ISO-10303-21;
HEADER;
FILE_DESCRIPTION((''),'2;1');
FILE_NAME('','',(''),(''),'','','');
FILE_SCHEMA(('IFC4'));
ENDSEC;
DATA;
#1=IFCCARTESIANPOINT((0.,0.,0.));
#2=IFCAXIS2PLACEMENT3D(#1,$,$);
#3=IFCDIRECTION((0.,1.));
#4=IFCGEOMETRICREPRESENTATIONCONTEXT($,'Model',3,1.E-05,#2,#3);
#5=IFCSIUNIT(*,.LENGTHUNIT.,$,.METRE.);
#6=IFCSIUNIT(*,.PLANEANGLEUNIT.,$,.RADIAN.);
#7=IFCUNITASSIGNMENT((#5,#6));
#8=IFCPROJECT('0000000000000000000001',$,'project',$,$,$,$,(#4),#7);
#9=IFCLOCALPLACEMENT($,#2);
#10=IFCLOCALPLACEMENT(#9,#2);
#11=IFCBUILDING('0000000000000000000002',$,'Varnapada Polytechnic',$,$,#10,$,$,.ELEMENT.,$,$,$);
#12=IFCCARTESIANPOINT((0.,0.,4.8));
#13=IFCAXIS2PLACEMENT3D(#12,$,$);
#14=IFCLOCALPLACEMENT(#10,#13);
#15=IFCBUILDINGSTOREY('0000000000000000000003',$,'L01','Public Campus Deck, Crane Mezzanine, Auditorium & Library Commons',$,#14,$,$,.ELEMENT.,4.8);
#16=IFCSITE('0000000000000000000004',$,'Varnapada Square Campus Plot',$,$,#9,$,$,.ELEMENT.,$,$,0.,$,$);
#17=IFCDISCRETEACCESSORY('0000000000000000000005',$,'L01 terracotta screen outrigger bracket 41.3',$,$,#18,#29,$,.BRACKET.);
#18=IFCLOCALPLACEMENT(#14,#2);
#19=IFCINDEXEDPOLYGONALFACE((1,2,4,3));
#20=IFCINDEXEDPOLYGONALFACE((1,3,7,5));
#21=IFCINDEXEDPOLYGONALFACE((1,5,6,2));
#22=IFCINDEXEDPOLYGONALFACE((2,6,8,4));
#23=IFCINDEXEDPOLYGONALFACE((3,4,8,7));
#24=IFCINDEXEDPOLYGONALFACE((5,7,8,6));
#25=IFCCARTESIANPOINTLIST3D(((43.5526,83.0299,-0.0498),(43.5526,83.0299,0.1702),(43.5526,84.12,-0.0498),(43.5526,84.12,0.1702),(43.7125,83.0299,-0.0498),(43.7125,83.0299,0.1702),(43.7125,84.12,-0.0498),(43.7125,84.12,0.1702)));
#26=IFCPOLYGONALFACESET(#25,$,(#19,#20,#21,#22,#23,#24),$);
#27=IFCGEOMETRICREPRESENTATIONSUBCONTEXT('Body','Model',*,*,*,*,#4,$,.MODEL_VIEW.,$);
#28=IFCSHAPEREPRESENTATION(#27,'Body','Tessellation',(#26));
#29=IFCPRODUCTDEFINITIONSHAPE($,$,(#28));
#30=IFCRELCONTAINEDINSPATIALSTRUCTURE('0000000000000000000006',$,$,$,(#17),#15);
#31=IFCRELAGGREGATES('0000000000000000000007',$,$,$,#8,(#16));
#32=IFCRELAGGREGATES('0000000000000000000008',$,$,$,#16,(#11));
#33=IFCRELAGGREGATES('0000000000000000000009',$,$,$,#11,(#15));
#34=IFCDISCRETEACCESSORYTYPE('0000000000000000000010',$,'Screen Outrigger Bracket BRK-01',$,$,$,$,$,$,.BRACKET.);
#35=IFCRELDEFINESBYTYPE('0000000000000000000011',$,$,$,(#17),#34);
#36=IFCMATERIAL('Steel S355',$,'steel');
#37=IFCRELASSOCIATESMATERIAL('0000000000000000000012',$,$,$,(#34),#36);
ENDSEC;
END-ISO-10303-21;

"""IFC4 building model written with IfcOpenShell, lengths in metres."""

from ifc_helpers import new_model, si_unit, direction, frame, origin, origin_2d, place, context, subcontext, project, spatial, rectangle, extrude, material, type_object, element, save


model = new_model("IFC4")

# Units and contexts
model_context = context("Model", 3, precision=1e-05, world=origin(), true_north=direction((0.0, 1.0)))
body_context = subcontext(model_context, "Body", "Model", "MODEL_VIEW")
ifc_project = project(units=[si_unit("LENGTHUNIT", "METRE"), si_unit("PLANEANGLEUNIT", "RADIAN")], contexts=[model_context])

# Site, building, storey
site_placement = place(None, origin())
site = spatial("IfcSite", under=ifc_project, at=site_placement, Name="Varnapada Square Campus Plot", CompositionType="ELEMENT", RefElevation=0.0)
building_placement = place(site_placement, origin())
building = spatial("IfcBuilding", under=site, at=building_placement, Name="Varnapada Polytechnic", CompositionType="ELEMENT")
storey_placement = place(building_placement, frame((0.0, 0.0, 4.8)))
storey = spatial("IfcBuildingStorey", under=building, at=storey_placement, Name="L01", Description="Public Campus Deck, Crane Mezzanine, Auditorium & Library Commons", CompositionType="ELEMENT", Elevation=4.8)

# Shared definitions
ifc_material_1 = material(Name="Steel S355", Category="steel")

# Discrete accessory
discrete_accessory_type = type_object("IfcDiscreteAccessoryType", Name="Screen Outrigger Bracket BRK-01", PredefinedType="BRACKET", material=ifc_material_1)
for number, where, z_axis, x_axis, name in (
    (1, (43.6326, 83.575, -0.0498), (0.0, 0.0, 1.0), (-1.0, 0.0, 0.0), "L01 terracotta screen outrigger bracket 41.3"),
):
    element("IfcDiscreteAccessory", number, at=place(storey_placement, frame(where, z_axis=z_axis, x_axis=x_axis)), inside=storey, type_object=discrete_accessory_type, Name=name, PredefinedType="BRACKET", context=body_context, shape_type="SweptSolid", body=[
        extrude(rectangle(XDim=0.1599, YDim=1.0901, at=origin_2d()), origin(), (0.0, 0.0, 1.0), 0.22),
    ])

save(model, "model.ifc")
